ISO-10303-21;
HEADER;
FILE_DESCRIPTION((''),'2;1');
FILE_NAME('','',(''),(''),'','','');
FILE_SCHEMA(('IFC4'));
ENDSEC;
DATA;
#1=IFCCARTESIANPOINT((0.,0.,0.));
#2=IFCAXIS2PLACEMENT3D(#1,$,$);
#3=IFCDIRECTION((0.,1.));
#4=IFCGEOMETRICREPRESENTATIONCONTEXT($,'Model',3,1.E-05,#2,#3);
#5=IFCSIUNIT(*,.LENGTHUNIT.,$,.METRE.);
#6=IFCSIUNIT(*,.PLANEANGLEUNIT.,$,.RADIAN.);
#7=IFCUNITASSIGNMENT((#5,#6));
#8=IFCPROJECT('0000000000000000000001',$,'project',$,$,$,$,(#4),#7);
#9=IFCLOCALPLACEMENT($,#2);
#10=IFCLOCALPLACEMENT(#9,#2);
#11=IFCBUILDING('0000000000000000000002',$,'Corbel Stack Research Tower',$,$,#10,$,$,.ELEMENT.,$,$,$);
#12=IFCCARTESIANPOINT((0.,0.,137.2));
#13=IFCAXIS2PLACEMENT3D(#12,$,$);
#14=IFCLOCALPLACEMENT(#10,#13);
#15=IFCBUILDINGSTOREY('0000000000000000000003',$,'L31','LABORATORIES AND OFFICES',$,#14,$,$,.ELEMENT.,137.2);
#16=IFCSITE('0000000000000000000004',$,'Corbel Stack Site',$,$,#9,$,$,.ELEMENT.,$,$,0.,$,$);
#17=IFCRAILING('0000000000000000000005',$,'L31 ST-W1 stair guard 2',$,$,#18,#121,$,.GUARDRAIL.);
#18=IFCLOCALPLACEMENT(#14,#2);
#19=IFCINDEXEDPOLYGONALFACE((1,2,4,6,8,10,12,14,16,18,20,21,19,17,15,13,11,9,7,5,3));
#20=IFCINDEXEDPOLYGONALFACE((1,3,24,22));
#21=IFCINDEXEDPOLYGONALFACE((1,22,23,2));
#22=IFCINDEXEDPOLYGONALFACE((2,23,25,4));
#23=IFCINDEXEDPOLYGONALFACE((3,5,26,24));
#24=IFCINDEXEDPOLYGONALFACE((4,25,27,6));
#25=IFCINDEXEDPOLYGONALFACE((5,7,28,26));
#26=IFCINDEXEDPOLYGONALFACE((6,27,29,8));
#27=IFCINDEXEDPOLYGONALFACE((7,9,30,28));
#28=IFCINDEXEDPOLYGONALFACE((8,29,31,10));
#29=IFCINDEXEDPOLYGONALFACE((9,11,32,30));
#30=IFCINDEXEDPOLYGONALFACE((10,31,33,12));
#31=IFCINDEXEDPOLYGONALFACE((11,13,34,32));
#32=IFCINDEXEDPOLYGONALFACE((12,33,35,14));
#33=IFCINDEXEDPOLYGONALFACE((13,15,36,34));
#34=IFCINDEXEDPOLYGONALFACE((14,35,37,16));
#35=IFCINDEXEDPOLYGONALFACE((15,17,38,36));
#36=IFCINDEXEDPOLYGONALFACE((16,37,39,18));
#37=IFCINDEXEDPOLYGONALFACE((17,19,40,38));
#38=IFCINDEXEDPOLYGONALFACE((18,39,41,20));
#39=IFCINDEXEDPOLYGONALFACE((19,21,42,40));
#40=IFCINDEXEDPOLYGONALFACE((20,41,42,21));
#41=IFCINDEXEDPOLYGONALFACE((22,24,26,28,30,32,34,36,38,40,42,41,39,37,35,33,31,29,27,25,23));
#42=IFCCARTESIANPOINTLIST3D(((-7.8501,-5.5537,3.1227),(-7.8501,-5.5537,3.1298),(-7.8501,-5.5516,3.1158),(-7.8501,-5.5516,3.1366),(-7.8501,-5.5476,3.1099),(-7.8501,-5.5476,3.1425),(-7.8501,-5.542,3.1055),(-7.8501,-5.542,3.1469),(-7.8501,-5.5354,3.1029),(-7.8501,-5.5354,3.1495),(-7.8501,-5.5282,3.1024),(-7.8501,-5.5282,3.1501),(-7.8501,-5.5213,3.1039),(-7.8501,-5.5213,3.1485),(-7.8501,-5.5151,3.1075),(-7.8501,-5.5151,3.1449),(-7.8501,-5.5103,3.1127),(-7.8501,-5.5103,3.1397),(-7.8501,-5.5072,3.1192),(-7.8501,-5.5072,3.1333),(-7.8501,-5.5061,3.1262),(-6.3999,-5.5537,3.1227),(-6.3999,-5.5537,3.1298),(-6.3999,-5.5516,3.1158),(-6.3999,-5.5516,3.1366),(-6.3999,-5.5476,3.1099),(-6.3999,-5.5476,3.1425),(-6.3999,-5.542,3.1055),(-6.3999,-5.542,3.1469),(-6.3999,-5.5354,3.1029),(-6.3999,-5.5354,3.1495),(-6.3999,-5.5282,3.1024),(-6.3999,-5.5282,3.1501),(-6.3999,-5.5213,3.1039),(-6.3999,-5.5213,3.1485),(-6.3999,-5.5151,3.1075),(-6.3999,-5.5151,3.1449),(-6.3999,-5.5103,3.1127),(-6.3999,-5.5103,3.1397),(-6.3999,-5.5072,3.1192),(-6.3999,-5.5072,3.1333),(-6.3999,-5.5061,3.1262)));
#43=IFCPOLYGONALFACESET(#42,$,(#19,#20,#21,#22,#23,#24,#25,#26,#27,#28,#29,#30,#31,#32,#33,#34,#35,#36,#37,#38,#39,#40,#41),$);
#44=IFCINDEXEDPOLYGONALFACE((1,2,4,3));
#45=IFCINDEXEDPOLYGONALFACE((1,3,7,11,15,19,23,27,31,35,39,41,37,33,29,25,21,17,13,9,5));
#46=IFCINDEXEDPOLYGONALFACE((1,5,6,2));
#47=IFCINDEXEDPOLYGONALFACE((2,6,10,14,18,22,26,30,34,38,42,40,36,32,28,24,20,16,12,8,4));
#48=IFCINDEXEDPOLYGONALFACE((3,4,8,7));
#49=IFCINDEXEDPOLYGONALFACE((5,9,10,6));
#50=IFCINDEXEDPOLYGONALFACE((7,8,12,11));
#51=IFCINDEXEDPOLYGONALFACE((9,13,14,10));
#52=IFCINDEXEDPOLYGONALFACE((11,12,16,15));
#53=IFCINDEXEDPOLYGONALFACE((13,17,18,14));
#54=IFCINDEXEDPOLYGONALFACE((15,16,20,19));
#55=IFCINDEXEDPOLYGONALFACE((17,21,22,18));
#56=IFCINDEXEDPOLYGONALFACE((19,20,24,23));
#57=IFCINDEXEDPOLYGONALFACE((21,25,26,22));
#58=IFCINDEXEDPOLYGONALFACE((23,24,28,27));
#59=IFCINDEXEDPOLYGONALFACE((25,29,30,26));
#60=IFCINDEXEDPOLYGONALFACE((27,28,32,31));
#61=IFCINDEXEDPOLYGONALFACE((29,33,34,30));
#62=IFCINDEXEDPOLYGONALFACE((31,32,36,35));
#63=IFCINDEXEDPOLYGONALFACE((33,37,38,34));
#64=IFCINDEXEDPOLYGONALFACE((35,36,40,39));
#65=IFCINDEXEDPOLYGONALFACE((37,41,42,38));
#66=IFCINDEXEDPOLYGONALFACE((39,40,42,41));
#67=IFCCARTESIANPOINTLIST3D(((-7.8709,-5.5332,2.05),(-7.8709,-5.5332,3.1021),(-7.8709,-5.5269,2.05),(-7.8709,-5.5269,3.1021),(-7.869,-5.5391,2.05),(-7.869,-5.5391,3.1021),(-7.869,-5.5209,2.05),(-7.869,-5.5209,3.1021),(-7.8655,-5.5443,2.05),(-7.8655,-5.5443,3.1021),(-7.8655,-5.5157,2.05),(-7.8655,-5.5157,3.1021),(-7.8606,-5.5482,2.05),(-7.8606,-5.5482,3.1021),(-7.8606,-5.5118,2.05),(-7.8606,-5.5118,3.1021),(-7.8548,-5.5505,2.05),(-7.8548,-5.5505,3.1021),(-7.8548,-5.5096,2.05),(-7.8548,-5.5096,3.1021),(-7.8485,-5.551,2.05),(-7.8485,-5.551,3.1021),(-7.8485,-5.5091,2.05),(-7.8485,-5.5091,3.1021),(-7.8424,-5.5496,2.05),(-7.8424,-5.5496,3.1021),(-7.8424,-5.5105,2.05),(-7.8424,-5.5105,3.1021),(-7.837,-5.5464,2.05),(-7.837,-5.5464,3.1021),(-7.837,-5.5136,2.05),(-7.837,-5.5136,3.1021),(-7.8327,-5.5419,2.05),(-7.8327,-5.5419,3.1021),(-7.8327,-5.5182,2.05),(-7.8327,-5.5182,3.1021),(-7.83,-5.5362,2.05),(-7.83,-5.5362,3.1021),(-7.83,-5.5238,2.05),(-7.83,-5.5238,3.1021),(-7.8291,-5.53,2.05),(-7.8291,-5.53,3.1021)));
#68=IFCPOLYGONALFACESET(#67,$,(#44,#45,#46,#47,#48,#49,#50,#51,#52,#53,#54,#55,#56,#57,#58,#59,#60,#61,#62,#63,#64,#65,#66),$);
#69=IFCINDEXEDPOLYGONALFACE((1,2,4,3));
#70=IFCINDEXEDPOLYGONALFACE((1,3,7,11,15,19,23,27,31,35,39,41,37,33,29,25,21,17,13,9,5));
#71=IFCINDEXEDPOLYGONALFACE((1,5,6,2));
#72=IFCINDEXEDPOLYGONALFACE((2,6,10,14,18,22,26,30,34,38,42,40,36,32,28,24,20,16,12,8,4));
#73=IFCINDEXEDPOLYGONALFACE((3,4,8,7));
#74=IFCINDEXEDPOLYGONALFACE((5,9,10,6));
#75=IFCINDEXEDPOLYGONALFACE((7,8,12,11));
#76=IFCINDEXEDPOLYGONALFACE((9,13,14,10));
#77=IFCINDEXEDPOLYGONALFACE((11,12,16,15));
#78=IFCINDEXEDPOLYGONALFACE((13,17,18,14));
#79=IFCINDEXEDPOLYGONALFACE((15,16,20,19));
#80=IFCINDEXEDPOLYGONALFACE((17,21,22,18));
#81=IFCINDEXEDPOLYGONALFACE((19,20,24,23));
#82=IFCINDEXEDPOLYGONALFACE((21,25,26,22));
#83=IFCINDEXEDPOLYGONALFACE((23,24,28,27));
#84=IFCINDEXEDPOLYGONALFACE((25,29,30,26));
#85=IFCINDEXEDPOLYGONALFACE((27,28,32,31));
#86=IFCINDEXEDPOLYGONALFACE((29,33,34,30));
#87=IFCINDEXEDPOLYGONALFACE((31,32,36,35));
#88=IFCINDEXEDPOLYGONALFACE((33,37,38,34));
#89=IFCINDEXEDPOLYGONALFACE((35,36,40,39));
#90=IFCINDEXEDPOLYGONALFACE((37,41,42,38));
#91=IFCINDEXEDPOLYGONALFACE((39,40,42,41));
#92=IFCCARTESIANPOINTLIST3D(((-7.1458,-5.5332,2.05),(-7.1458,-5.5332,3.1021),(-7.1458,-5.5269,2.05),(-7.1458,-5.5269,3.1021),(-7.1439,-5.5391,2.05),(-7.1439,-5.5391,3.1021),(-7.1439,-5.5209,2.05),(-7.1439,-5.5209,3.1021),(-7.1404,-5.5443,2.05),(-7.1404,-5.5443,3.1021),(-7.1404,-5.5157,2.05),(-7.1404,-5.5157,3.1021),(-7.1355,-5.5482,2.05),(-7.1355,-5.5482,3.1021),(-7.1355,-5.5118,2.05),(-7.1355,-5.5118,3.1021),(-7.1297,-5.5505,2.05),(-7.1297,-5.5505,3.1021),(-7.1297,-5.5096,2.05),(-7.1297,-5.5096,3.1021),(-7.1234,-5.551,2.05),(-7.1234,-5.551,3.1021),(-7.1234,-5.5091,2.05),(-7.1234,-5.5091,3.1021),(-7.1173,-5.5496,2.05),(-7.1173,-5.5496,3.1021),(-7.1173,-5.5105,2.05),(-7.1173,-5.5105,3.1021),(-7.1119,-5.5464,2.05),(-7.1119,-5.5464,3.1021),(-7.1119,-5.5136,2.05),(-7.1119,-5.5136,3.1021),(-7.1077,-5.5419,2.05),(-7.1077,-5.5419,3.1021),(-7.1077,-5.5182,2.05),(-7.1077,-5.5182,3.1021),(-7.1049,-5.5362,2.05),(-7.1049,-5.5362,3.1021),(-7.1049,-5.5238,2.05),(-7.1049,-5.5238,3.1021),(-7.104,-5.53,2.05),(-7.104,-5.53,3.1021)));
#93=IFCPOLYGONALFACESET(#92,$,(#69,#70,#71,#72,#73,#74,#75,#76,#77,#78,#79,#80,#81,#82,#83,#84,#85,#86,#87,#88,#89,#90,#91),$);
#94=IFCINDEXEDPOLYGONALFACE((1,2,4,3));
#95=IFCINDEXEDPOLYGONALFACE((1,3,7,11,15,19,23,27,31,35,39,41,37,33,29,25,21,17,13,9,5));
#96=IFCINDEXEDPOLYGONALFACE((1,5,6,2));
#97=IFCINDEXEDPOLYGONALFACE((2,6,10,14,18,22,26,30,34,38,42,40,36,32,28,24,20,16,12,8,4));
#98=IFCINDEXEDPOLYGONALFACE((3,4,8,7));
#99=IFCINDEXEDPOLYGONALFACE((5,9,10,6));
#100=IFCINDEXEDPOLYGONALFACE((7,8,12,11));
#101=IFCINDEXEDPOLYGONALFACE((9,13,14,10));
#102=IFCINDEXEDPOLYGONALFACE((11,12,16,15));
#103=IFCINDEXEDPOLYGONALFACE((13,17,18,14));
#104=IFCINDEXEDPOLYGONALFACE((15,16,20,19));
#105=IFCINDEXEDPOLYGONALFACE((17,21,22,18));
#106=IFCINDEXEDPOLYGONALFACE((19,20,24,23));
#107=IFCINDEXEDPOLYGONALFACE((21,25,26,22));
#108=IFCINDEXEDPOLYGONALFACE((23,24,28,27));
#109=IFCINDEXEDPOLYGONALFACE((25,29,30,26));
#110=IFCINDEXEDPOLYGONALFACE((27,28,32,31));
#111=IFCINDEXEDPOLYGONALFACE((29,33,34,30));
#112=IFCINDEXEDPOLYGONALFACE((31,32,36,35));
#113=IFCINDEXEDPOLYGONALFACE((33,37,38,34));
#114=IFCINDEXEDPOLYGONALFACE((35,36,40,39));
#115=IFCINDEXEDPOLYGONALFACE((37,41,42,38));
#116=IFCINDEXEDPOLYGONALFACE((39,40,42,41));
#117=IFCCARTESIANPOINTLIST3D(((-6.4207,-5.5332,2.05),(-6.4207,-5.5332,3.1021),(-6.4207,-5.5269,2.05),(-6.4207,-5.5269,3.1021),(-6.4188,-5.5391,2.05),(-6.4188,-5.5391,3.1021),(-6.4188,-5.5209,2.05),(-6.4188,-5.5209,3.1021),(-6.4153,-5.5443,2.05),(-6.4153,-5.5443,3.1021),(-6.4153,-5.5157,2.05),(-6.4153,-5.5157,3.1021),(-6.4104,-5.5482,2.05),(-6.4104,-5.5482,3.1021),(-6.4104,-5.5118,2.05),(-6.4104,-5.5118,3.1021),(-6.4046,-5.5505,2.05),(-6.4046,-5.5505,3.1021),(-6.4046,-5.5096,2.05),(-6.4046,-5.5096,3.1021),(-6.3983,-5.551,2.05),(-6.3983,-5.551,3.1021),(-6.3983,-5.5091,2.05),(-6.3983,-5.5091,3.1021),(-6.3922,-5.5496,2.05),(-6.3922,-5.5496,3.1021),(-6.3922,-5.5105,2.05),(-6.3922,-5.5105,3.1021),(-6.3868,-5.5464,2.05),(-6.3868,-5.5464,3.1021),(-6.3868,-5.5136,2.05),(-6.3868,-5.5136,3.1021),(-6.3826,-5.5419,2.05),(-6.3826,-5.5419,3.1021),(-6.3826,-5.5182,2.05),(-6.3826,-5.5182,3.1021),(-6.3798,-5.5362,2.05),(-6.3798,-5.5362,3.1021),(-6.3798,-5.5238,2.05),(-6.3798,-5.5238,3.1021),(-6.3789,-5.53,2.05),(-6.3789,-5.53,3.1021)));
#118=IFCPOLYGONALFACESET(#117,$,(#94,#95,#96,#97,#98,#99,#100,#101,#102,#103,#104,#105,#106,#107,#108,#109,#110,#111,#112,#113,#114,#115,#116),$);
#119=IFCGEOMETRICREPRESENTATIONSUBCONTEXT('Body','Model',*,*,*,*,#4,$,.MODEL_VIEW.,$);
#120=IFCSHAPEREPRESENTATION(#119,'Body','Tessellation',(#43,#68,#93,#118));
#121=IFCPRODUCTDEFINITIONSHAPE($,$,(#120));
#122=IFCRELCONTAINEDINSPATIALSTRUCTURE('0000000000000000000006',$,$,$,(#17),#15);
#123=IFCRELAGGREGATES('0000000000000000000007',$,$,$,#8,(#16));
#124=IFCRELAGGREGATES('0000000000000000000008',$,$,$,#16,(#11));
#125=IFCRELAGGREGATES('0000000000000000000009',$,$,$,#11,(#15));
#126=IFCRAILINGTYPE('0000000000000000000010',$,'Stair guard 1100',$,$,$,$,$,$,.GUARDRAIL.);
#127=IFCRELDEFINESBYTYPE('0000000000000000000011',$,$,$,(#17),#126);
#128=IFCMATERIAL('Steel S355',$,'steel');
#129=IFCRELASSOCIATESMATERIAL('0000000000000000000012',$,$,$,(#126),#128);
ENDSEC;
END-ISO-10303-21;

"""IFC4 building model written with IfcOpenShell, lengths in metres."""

from ifc_helpers import new_model, si_unit, direction, frame, origin, origin_2d, place, context, subcontext, project, spatial, circle, extrude, material, type_object, element, save


model = new_model("IFC4")

# Units and contexts
model_context = context("Model", 3, precision=1e-05, world=origin(), true_north=direction((0.0, 1.0)))
body_context = subcontext(model_context, "Body", "Model", "MODEL_VIEW")
ifc_project = project(units=[si_unit("LENGTHUNIT", "METRE"), si_unit("PLANEANGLEUNIT", "RADIAN")], contexts=[model_context])

# Site, building, storey
site_placement = place(None, origin())
site = spatial("IfcSite", under=ifc_project, at=site_placement, Name="Corbel Stack Site", CompositionType="ELEMENT", RefElevation=0.0)
building_placement = place(site_placement, origin())
building = spatial("IfcBuilding", under=site, at=building_placement, Name="Corbel Stack Research Tower", CompositionType="ELEMENT")
storey_placement = place(building_placement, frame((0.0, 0.0, 137.2)))
storey = spatial("IfcBuildingStorey", under=building, at=storey_placement, Name="L31", Description="LABORATORIES AND OFFICES", CompositionType="ELEMENT", Elevation=137.2)

# Railing
ifc_material_1 = material(Name="Steel S355", Category="steel")
railing_type_1 = type_object("IfcRailingType", Name="Stair guard 1100", PredefinedType="GUARDRAIL", material=ifc_material_1)
railing_1_placement = place(storey_placement, frame((-7.8501, -5.53, 2.05)))
element("IfcRailing", 1, at=railing_1_placement, inside=storey, type_object=railing_type_1, Name="L31 ST-W1 stair guard 2", PredefinedType="GUARDRAIL", context=body_context, shape_type="SweptSolid", body=[
    extrude(circle(Radius=0.0239, at=origin_2d()), frame((0.0, 0.0, 1.0762), z_axis=(1.0, 0.0, 0.0), x_axis=(0.0, 1.0, 0.0)), (0.0, 0.0, 1.0), 1.4502),
    extrude(circle(Radius=0.021, at=origin_2d()), origin(), (0.0, 0.0, 1.0), 1.052),
    extrude(circle(Radius=0.021, at=origin_2d()), frame((0.7251, 0.0, 0.0)), (0.0, 0.0, 1.0), 1.052),
    extrude(circle(Radius=0.021, at=origin_2d()), frame((1.4502, 0.0, 0.0)), (0.0, 0.0, 1.0), 1.052),
])

save(model, "model.ifc")
